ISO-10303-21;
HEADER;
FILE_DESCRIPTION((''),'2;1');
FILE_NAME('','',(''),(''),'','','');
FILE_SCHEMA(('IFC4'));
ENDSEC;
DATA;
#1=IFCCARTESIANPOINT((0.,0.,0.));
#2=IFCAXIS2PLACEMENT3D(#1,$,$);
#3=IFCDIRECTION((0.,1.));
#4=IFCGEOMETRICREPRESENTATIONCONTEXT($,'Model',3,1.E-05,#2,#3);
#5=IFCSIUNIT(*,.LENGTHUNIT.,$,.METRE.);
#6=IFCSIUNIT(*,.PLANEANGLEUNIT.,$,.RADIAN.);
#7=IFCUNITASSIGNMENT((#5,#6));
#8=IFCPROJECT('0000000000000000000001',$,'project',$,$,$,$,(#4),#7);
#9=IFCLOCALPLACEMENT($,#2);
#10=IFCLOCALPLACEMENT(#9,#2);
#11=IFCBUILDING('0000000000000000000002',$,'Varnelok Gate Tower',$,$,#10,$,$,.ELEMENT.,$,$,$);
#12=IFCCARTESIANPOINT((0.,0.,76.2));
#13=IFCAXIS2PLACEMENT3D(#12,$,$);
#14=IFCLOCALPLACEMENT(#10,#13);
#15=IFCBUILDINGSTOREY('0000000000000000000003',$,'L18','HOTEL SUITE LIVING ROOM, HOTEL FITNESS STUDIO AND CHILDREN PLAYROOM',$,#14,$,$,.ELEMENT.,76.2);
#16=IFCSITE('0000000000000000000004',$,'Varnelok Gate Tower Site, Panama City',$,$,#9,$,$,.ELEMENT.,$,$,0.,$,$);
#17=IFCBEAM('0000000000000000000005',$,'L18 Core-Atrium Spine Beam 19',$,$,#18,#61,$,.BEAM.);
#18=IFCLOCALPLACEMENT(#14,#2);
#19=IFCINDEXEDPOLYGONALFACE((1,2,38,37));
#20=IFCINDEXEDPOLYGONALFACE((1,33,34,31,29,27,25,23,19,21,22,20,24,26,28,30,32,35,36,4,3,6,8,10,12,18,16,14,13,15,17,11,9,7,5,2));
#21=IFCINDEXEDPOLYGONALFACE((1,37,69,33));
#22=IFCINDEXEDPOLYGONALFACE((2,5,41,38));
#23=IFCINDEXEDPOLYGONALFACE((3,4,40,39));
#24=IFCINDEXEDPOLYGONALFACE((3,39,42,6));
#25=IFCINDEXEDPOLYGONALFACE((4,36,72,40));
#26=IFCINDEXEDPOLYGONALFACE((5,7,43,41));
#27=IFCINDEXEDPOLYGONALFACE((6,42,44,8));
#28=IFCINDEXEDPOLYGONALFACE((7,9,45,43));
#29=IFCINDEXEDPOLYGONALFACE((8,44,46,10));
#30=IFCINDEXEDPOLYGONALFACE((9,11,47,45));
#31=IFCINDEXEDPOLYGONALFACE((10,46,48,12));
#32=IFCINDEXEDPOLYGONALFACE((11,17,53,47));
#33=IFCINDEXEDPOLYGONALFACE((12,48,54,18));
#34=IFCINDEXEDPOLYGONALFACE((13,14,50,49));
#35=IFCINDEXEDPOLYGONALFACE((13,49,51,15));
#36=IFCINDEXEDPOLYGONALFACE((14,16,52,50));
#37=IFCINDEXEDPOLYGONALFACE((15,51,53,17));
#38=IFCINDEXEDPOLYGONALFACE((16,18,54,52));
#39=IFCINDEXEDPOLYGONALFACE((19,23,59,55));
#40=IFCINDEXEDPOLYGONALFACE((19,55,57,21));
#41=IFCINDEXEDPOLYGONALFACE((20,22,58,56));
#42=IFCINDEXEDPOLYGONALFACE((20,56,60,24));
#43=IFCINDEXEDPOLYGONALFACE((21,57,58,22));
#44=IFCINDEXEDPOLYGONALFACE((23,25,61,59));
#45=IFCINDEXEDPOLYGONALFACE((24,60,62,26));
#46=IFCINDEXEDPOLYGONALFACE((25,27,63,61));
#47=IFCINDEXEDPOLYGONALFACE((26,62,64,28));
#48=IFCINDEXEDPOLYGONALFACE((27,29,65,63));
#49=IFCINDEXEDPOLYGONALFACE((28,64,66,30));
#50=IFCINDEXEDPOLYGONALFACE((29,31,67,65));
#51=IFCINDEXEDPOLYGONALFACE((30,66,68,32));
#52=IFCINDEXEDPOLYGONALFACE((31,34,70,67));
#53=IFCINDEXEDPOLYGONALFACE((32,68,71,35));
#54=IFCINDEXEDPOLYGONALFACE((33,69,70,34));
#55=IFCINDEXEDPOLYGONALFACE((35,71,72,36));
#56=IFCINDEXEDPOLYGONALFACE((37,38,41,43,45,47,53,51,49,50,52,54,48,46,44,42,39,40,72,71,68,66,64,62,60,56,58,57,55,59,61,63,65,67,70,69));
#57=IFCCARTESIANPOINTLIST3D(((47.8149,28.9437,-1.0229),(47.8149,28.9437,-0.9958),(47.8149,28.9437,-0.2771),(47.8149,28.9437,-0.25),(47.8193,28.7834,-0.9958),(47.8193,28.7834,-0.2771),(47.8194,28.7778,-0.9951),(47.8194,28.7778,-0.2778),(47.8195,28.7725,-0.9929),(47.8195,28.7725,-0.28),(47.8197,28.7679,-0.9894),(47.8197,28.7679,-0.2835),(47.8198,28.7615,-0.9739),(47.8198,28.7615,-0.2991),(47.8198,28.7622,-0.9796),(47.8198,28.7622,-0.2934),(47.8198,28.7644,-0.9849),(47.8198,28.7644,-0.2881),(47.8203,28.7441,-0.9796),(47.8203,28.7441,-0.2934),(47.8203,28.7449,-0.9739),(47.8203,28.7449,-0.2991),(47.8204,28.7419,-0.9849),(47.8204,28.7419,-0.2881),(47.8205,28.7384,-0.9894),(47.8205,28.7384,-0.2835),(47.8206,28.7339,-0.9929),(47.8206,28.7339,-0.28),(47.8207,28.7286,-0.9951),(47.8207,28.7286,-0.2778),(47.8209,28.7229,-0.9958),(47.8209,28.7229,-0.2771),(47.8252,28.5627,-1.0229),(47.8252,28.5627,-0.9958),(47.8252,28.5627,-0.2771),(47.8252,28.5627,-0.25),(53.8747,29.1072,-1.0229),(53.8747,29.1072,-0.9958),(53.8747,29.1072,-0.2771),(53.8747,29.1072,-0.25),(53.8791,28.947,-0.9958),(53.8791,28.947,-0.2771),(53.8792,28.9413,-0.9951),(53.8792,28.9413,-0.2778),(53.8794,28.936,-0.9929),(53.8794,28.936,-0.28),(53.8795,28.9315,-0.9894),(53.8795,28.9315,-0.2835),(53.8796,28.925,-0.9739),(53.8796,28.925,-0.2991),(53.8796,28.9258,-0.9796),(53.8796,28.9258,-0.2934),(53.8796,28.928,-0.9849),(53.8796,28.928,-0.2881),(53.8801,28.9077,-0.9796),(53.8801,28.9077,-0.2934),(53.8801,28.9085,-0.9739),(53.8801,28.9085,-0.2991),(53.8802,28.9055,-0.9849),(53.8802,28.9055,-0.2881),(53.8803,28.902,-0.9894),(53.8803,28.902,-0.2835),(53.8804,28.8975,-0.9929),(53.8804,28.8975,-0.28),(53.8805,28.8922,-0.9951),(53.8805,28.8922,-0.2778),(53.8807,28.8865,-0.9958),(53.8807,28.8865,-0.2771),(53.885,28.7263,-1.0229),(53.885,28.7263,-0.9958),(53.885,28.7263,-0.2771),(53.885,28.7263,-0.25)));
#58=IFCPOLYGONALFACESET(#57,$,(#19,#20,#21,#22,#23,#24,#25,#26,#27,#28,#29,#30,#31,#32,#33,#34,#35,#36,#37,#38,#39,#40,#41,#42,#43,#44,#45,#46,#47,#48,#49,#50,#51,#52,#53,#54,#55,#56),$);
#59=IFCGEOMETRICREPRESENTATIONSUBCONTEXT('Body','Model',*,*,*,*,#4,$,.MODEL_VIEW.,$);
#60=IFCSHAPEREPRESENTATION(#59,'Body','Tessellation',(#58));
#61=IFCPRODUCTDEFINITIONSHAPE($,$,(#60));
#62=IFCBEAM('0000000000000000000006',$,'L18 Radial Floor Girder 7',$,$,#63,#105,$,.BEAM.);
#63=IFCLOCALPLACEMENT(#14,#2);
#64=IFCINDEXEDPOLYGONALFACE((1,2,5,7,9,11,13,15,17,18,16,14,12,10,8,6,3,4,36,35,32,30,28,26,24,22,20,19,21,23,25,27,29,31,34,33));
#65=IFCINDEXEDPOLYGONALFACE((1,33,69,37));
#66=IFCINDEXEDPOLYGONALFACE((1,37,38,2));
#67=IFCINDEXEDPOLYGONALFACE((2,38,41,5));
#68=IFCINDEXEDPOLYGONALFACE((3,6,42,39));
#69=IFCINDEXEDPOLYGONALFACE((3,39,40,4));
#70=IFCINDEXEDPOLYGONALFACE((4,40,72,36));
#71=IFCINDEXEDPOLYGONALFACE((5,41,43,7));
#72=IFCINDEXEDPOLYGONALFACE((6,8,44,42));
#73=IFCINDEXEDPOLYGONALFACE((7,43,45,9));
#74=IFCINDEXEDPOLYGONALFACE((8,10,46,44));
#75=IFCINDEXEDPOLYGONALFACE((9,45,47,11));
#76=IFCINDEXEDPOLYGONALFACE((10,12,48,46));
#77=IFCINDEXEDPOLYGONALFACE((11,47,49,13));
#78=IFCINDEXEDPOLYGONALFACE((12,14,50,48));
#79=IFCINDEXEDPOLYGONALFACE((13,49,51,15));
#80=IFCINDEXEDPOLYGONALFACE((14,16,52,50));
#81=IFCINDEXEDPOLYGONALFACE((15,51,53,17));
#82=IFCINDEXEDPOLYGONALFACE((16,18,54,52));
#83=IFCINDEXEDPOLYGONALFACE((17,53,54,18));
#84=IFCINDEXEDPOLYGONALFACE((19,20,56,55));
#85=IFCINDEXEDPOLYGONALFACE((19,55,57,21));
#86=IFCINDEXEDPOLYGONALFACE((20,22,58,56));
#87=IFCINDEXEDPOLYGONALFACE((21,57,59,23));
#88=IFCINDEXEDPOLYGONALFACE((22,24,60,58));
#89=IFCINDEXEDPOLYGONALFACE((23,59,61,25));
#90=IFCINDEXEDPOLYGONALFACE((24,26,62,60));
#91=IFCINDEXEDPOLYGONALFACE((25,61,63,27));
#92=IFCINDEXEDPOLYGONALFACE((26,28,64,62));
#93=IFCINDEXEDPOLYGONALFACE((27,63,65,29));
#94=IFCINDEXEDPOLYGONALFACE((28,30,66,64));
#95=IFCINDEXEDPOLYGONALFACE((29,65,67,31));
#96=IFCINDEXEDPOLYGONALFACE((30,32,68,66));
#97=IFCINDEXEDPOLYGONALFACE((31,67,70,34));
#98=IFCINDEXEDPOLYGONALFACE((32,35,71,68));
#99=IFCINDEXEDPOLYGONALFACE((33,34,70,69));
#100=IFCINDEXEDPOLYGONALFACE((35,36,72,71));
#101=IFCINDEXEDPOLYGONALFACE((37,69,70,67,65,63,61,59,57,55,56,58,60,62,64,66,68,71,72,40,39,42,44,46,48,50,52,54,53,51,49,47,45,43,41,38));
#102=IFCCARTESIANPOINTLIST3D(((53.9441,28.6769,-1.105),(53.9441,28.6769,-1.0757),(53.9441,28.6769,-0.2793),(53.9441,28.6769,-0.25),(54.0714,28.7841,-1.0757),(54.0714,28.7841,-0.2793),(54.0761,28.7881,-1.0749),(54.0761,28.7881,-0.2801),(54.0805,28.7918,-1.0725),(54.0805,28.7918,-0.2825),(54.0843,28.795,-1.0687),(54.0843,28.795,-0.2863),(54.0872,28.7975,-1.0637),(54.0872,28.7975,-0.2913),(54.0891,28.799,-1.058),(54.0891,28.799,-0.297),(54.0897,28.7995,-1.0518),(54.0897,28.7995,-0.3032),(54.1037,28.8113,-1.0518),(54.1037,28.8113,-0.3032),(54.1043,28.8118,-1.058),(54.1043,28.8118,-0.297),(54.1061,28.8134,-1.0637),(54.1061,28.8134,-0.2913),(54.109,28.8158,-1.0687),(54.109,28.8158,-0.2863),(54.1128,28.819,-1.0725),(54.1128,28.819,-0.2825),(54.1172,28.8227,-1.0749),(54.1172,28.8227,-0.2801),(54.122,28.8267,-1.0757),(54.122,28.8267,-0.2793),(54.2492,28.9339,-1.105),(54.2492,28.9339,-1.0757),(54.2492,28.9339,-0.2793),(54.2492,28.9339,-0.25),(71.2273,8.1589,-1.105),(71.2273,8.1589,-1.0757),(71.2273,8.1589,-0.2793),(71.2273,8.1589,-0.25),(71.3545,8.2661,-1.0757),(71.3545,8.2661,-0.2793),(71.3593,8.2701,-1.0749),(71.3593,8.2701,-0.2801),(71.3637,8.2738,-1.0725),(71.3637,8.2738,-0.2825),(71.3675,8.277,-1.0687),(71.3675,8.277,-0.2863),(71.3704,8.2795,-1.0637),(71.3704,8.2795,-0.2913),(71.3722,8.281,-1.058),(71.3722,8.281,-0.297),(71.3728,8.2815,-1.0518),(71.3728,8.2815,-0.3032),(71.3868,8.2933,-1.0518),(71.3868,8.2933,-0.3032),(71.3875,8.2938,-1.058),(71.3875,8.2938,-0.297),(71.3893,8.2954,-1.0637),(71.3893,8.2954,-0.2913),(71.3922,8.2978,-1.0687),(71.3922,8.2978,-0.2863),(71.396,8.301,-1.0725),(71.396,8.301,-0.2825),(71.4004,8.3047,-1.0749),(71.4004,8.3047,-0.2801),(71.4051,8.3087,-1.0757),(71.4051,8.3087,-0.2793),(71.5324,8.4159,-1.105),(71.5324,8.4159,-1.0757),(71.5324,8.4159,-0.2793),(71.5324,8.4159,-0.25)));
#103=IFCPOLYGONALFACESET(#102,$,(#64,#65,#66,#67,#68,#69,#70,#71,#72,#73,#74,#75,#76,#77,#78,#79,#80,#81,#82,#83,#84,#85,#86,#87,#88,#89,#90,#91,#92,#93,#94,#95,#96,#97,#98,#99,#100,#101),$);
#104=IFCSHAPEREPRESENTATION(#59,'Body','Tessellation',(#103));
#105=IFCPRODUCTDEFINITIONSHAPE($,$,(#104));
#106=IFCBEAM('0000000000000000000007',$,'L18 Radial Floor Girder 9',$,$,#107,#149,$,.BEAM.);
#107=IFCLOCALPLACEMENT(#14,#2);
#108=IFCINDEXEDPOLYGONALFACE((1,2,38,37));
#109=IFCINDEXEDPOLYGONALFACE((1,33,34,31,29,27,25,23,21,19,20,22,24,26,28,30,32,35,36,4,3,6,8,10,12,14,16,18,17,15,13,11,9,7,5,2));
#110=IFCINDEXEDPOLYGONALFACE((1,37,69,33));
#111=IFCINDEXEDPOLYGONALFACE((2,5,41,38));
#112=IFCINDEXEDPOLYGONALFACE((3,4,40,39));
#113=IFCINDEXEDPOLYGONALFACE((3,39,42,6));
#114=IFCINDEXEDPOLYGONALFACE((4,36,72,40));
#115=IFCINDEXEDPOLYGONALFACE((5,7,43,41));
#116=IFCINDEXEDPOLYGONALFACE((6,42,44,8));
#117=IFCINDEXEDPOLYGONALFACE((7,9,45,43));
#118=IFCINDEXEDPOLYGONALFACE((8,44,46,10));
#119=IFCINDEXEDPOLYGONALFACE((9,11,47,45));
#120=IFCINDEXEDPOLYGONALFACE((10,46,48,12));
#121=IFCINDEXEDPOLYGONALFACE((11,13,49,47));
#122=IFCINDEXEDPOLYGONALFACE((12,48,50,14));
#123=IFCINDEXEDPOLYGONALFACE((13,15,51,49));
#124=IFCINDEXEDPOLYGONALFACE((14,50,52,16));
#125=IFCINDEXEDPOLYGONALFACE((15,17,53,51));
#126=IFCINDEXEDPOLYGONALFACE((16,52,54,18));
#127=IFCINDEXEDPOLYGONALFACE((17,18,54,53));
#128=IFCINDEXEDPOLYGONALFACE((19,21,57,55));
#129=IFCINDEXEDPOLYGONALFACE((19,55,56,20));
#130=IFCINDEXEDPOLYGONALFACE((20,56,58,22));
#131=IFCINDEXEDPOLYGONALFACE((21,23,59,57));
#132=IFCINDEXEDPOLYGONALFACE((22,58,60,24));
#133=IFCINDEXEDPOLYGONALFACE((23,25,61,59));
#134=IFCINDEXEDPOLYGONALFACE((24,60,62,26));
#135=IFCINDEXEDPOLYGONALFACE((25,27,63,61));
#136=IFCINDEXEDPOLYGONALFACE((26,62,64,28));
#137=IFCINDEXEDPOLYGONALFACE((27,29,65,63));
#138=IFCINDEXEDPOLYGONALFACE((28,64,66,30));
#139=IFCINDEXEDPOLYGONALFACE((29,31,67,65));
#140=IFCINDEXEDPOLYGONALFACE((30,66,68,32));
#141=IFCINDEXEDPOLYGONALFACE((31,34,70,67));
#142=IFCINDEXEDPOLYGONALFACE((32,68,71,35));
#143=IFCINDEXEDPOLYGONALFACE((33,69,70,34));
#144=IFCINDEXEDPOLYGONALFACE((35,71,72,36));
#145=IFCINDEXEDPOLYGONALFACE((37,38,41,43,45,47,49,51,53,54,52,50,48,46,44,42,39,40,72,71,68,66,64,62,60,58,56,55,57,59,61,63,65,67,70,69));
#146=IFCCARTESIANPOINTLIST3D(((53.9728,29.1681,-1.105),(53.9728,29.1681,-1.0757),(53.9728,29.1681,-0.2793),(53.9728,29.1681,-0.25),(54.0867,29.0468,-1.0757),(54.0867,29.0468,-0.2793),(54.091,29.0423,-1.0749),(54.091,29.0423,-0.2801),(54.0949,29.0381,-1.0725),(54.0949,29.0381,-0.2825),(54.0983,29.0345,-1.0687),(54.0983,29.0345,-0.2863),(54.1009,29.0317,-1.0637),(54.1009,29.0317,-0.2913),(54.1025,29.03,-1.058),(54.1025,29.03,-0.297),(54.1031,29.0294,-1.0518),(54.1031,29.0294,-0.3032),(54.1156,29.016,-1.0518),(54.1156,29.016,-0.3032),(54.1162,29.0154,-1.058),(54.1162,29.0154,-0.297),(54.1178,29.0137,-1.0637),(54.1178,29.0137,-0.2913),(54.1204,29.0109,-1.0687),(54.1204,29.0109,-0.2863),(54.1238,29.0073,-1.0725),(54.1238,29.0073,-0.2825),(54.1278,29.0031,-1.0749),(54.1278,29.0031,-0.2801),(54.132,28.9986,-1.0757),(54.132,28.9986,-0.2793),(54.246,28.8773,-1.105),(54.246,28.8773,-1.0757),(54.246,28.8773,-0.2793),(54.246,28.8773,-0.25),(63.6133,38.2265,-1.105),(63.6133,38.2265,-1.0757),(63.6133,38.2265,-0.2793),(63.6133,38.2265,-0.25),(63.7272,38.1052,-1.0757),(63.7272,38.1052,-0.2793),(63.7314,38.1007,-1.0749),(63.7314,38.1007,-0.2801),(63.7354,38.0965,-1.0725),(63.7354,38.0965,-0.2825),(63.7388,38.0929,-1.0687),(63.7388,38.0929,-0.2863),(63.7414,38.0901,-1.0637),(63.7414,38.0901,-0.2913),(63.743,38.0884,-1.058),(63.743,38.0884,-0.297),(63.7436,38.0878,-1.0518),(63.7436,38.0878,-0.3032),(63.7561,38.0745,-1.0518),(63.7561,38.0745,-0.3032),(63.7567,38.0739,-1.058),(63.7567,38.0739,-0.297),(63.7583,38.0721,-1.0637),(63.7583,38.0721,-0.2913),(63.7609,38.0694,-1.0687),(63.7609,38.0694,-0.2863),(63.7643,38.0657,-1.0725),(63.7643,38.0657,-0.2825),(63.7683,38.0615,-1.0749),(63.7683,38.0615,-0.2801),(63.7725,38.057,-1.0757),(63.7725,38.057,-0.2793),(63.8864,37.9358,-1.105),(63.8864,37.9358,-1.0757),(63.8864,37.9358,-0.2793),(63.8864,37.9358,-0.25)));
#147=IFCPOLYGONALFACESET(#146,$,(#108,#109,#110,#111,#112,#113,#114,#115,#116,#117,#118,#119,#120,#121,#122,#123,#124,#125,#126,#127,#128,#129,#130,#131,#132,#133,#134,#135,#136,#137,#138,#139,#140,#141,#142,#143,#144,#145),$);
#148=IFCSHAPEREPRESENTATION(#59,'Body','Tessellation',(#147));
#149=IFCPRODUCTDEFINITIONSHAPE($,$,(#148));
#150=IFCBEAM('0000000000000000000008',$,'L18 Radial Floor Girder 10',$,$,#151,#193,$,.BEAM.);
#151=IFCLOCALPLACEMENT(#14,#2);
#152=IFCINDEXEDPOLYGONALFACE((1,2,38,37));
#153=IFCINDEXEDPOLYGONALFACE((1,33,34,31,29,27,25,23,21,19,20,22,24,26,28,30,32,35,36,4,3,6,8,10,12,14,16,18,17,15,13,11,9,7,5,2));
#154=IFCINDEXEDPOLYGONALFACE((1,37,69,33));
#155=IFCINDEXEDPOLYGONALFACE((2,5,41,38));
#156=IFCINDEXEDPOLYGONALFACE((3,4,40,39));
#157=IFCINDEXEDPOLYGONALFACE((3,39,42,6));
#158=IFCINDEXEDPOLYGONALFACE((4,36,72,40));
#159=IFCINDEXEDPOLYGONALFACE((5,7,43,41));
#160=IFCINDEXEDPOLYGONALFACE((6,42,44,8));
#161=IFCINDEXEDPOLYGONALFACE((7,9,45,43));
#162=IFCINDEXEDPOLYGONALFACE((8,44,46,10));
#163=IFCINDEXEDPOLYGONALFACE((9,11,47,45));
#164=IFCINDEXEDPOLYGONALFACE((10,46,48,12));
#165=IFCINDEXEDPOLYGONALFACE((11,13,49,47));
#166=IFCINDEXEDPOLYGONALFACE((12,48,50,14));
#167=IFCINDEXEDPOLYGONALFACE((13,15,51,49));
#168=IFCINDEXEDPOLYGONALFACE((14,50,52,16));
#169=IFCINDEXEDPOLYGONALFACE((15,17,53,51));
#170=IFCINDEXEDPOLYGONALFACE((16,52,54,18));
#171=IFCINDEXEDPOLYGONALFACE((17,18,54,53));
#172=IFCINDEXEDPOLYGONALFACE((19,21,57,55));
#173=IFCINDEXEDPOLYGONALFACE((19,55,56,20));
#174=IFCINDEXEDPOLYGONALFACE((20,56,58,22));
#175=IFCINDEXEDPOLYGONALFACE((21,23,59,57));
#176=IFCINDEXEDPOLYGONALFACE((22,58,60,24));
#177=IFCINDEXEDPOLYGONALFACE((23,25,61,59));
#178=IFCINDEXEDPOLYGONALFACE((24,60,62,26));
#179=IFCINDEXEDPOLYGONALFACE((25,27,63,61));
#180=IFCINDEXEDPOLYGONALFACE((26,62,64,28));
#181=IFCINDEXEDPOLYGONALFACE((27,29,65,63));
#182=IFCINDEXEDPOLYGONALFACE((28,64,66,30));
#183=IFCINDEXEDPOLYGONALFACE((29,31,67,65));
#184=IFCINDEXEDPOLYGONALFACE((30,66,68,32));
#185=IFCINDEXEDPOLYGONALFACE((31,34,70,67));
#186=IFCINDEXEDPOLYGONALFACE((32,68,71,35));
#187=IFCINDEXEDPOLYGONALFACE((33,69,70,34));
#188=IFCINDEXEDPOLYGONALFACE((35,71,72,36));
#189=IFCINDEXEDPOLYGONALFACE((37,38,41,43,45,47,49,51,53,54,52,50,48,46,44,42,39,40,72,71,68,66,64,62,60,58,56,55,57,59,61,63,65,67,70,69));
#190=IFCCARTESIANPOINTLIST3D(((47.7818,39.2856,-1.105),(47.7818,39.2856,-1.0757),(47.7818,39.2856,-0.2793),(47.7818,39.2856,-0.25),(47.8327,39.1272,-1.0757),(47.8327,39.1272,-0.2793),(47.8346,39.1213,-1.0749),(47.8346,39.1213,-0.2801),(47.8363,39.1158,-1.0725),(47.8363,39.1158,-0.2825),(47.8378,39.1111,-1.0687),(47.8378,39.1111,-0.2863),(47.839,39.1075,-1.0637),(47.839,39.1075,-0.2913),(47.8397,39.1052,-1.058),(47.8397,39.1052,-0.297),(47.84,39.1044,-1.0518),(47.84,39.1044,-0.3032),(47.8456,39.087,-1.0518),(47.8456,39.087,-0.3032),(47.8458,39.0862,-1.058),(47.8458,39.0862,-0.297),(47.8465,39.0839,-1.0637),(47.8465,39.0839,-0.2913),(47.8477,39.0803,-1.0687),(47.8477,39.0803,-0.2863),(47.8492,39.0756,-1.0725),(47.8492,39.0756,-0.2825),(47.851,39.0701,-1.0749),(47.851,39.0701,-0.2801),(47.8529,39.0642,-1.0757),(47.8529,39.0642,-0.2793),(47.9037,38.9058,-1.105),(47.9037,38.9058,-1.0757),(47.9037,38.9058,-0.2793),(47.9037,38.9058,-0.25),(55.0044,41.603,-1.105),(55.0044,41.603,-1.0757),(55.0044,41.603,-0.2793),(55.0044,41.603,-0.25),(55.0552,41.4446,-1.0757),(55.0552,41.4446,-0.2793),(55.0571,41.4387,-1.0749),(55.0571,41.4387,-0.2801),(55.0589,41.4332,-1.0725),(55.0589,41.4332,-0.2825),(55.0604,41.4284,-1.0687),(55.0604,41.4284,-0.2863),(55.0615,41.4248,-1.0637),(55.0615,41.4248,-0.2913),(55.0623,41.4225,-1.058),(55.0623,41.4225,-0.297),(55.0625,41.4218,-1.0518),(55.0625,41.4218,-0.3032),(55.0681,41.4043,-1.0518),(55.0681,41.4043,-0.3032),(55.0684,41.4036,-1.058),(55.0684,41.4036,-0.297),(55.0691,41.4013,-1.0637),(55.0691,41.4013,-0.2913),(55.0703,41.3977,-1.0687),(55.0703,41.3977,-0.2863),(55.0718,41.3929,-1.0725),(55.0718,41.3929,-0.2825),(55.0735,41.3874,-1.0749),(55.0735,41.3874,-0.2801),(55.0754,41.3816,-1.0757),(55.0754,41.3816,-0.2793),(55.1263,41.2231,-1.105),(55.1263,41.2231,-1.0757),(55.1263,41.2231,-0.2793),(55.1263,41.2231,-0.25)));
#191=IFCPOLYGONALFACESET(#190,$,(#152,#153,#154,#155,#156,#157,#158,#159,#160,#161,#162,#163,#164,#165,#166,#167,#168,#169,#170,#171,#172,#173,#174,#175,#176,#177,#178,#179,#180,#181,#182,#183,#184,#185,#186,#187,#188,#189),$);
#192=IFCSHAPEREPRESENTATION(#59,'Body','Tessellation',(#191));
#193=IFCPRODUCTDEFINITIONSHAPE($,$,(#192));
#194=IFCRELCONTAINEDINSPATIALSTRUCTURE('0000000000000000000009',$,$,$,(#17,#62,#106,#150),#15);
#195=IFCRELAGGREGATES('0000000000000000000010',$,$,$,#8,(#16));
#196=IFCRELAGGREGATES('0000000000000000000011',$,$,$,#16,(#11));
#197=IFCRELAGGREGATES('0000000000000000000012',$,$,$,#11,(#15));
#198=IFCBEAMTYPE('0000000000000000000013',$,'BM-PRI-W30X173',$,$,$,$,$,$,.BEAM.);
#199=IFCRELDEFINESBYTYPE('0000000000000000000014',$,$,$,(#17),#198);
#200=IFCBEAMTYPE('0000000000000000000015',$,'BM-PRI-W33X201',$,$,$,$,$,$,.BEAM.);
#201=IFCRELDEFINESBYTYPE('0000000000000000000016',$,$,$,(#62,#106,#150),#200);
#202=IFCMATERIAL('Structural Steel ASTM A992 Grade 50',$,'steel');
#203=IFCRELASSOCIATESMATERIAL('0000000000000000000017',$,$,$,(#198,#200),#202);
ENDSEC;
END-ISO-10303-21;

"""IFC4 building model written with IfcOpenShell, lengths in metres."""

from ifc_helpers import new_model, si_unit, direction, frame, origin, origin_2d, place, context, subcontext, project, spatial, i_section, extrude, material, material_profile, profile_set, type_object, element, save


model = new_model("IFC4")

# Units and contexts
model_context = context("Model", 3, precision=1e-05, world=origin(), true_north=direction((0.0, 1.0)))
body_context = subcontext(model_context, "Body", "Model", "MODEL_VIEW")
ifc_project = project(units=[si_unit("LENGTHUNIT", "METRE"), si_unit("PLANEANGLEUNIT", "RADIAN")], contexts=[model_context])

# Site, building, storey
site_placement = place(None, origin())
site = spatial("IfcSite", under=ifc_project, at=site_placement, Name="Varnelok Gate Tower Site, Panama City", CompositionType="ELEMENT", RefElevation=0.0)
building_placement = place(site_placement, origin())
building = spatial("IfcBuilding", under=site, at=building_placement, Name="Varnelok Gate Tower", CompositionType="ELEMENT")
storey_placement = place(building_placement, frame((0.0, 0.0, 76.2)))
storey = spatial("IfcBuildingStorey", under=building, at=storey_placement, Name="L18", Description="HOTEL SUITE LIVING ROOM, HOTEL FITNESS STUDIO AND CHILDREN PLAYROOM", CompositionType="ELEMENT", Elevation=76.2)

# Shared definitions
ifc_material_1 = material(Name="Structural Steel ASTM A992 Grade 50", Category="steel")

# Beams
ifc_material_profile_1 = material_profile(ifc_material_1, i_section(OverallWidth=0.3811, OverallDepth=0.7729, WebThickness=0.0166, FlangeThickness=0.0271, FilletRadius=0.022, at=origin_2d()), Name="W30X173")
ifc_profile_set_1 = profile_set([ifc_material_profile_1], Name="Structural Steel ASTM A992 Grade 50")
beam_type_1 = type_object("IfcBeamType", Name="BM-PRI-W30X173", PredefinedType="BEAM", material=ifc_profile_set_1)
beam_1_placement = place(storey_placement, frame((47.8201, 28.7532, -0.6365), z_axis=(0.999636, 0.026983, 0.0), x_axis=(-0.026983, 0.999636, 0.0)))
element("IfcBeam", 1, at=beam_1_placement, inside=storey, type_object=beam_type_1, Name="L18 Core-Atrium Spine Beam 19", PredefinedType="BEAM", context=body_context, shape_type="SweptSolid", body=[
    extrude(i_section(OverallWidth=0.3811, OverallDepth=0.7729, WebThickness=0.0166, FlangeThickness=0.0271, FilletRadius=0.022, at=origin_2d()), origin(), (0.0, 0.0, 1.0), 6.062),
])
ifc_material_profile_2 = material_profile(ifc_material_1, i_section(OverallWidth=0.3989, OverallDepth=0.855, WebThickness=0.0183, FlangeThickness=0.0293, FilletRadius=0.0239, at=origin_2d()), Name="W33X201")
ifc_profile_set_2 = profile_set([ifc_material_profile_2], Name="Structural Steel ASTM A992 Grade 50")
beam_type_2 = type_object("IfcBeamType", Name="BM-PRI-W33X201", PredefinedType="BEAM", material=ifc_profile_set_2)
beam_2_placement = place(storey_placement, frame((54.0967, 28.8054, -0.6775), z_axis=(0.644241, -0.764822, 0.0), x_axis=(0.764822, 0.644241, 0.0)))
element("IfcBeam", 2, at=beam_2_placement, inside=storey, type_object=beam_type_2, Name="L18 Radial Floor Girder 7", PredefinedType="BEAM", context=body_context, shape_type="SweptSolid", body=[
    extrude(i_section(OverallWidth=0.3989, OverallDepth=0.855, WebThickness=0.0183, FlangeThickness=0.0293, FilletRadius=0.0239, at=origin_2d()), origin(), (0.0, 0.0, 1.0), 26.8271),
])
beam_3_placement = place(storey_placement, frame((54.1094, 29.0227, -0.6775), z_axis=(0.728764, 0.684765, 0.0), x_axis=(-0.684765, 0.728764, 0.0)))
element("IfcBeam", 3, at=beam_3_placement, inside=storey, type_object=beam_type_2, Name="L18 Radial Floor Girder 9", PredefinedType="BEAM", context=body_context, shape_type="SweptSolid", body=[
    extrude(i_section(OverallWidth=0.3989, OverallDepth=0.855, WebThickness=0.0183, FlangeThickness=0.0293, FilletRadius=0.0239, at=origin_2d()), origin(), (0.0, 0.0, 1.0), 13.2285),
])
beam_4_placement = place(storey_placement, frame((47.8428, 39.0957, -0.6775), z_axis=(0.952189, 0.305509, 0.0), x_axis=(-0.305509, 0.952189, 0.0)))
element("IfcBeam", 4, at=beam_4_placement, inside=storey, type_object=beam_type_2, Name="L18 Radial Floor Girder 10", PredefinedType="BEAM", context=body_context, shape_type="SweptSolid", body=[
    extrude(i_section(OverallWidth=0.3989, OverallDepth=0.855, WebThickness=0.0183, FlangeThickness=0.0293, FilletRadius=0.0239, at=origin_2d()), origin(), (0.0, 0.0, 1.0), 7.5852),
])

save(model, "model.ifc")
